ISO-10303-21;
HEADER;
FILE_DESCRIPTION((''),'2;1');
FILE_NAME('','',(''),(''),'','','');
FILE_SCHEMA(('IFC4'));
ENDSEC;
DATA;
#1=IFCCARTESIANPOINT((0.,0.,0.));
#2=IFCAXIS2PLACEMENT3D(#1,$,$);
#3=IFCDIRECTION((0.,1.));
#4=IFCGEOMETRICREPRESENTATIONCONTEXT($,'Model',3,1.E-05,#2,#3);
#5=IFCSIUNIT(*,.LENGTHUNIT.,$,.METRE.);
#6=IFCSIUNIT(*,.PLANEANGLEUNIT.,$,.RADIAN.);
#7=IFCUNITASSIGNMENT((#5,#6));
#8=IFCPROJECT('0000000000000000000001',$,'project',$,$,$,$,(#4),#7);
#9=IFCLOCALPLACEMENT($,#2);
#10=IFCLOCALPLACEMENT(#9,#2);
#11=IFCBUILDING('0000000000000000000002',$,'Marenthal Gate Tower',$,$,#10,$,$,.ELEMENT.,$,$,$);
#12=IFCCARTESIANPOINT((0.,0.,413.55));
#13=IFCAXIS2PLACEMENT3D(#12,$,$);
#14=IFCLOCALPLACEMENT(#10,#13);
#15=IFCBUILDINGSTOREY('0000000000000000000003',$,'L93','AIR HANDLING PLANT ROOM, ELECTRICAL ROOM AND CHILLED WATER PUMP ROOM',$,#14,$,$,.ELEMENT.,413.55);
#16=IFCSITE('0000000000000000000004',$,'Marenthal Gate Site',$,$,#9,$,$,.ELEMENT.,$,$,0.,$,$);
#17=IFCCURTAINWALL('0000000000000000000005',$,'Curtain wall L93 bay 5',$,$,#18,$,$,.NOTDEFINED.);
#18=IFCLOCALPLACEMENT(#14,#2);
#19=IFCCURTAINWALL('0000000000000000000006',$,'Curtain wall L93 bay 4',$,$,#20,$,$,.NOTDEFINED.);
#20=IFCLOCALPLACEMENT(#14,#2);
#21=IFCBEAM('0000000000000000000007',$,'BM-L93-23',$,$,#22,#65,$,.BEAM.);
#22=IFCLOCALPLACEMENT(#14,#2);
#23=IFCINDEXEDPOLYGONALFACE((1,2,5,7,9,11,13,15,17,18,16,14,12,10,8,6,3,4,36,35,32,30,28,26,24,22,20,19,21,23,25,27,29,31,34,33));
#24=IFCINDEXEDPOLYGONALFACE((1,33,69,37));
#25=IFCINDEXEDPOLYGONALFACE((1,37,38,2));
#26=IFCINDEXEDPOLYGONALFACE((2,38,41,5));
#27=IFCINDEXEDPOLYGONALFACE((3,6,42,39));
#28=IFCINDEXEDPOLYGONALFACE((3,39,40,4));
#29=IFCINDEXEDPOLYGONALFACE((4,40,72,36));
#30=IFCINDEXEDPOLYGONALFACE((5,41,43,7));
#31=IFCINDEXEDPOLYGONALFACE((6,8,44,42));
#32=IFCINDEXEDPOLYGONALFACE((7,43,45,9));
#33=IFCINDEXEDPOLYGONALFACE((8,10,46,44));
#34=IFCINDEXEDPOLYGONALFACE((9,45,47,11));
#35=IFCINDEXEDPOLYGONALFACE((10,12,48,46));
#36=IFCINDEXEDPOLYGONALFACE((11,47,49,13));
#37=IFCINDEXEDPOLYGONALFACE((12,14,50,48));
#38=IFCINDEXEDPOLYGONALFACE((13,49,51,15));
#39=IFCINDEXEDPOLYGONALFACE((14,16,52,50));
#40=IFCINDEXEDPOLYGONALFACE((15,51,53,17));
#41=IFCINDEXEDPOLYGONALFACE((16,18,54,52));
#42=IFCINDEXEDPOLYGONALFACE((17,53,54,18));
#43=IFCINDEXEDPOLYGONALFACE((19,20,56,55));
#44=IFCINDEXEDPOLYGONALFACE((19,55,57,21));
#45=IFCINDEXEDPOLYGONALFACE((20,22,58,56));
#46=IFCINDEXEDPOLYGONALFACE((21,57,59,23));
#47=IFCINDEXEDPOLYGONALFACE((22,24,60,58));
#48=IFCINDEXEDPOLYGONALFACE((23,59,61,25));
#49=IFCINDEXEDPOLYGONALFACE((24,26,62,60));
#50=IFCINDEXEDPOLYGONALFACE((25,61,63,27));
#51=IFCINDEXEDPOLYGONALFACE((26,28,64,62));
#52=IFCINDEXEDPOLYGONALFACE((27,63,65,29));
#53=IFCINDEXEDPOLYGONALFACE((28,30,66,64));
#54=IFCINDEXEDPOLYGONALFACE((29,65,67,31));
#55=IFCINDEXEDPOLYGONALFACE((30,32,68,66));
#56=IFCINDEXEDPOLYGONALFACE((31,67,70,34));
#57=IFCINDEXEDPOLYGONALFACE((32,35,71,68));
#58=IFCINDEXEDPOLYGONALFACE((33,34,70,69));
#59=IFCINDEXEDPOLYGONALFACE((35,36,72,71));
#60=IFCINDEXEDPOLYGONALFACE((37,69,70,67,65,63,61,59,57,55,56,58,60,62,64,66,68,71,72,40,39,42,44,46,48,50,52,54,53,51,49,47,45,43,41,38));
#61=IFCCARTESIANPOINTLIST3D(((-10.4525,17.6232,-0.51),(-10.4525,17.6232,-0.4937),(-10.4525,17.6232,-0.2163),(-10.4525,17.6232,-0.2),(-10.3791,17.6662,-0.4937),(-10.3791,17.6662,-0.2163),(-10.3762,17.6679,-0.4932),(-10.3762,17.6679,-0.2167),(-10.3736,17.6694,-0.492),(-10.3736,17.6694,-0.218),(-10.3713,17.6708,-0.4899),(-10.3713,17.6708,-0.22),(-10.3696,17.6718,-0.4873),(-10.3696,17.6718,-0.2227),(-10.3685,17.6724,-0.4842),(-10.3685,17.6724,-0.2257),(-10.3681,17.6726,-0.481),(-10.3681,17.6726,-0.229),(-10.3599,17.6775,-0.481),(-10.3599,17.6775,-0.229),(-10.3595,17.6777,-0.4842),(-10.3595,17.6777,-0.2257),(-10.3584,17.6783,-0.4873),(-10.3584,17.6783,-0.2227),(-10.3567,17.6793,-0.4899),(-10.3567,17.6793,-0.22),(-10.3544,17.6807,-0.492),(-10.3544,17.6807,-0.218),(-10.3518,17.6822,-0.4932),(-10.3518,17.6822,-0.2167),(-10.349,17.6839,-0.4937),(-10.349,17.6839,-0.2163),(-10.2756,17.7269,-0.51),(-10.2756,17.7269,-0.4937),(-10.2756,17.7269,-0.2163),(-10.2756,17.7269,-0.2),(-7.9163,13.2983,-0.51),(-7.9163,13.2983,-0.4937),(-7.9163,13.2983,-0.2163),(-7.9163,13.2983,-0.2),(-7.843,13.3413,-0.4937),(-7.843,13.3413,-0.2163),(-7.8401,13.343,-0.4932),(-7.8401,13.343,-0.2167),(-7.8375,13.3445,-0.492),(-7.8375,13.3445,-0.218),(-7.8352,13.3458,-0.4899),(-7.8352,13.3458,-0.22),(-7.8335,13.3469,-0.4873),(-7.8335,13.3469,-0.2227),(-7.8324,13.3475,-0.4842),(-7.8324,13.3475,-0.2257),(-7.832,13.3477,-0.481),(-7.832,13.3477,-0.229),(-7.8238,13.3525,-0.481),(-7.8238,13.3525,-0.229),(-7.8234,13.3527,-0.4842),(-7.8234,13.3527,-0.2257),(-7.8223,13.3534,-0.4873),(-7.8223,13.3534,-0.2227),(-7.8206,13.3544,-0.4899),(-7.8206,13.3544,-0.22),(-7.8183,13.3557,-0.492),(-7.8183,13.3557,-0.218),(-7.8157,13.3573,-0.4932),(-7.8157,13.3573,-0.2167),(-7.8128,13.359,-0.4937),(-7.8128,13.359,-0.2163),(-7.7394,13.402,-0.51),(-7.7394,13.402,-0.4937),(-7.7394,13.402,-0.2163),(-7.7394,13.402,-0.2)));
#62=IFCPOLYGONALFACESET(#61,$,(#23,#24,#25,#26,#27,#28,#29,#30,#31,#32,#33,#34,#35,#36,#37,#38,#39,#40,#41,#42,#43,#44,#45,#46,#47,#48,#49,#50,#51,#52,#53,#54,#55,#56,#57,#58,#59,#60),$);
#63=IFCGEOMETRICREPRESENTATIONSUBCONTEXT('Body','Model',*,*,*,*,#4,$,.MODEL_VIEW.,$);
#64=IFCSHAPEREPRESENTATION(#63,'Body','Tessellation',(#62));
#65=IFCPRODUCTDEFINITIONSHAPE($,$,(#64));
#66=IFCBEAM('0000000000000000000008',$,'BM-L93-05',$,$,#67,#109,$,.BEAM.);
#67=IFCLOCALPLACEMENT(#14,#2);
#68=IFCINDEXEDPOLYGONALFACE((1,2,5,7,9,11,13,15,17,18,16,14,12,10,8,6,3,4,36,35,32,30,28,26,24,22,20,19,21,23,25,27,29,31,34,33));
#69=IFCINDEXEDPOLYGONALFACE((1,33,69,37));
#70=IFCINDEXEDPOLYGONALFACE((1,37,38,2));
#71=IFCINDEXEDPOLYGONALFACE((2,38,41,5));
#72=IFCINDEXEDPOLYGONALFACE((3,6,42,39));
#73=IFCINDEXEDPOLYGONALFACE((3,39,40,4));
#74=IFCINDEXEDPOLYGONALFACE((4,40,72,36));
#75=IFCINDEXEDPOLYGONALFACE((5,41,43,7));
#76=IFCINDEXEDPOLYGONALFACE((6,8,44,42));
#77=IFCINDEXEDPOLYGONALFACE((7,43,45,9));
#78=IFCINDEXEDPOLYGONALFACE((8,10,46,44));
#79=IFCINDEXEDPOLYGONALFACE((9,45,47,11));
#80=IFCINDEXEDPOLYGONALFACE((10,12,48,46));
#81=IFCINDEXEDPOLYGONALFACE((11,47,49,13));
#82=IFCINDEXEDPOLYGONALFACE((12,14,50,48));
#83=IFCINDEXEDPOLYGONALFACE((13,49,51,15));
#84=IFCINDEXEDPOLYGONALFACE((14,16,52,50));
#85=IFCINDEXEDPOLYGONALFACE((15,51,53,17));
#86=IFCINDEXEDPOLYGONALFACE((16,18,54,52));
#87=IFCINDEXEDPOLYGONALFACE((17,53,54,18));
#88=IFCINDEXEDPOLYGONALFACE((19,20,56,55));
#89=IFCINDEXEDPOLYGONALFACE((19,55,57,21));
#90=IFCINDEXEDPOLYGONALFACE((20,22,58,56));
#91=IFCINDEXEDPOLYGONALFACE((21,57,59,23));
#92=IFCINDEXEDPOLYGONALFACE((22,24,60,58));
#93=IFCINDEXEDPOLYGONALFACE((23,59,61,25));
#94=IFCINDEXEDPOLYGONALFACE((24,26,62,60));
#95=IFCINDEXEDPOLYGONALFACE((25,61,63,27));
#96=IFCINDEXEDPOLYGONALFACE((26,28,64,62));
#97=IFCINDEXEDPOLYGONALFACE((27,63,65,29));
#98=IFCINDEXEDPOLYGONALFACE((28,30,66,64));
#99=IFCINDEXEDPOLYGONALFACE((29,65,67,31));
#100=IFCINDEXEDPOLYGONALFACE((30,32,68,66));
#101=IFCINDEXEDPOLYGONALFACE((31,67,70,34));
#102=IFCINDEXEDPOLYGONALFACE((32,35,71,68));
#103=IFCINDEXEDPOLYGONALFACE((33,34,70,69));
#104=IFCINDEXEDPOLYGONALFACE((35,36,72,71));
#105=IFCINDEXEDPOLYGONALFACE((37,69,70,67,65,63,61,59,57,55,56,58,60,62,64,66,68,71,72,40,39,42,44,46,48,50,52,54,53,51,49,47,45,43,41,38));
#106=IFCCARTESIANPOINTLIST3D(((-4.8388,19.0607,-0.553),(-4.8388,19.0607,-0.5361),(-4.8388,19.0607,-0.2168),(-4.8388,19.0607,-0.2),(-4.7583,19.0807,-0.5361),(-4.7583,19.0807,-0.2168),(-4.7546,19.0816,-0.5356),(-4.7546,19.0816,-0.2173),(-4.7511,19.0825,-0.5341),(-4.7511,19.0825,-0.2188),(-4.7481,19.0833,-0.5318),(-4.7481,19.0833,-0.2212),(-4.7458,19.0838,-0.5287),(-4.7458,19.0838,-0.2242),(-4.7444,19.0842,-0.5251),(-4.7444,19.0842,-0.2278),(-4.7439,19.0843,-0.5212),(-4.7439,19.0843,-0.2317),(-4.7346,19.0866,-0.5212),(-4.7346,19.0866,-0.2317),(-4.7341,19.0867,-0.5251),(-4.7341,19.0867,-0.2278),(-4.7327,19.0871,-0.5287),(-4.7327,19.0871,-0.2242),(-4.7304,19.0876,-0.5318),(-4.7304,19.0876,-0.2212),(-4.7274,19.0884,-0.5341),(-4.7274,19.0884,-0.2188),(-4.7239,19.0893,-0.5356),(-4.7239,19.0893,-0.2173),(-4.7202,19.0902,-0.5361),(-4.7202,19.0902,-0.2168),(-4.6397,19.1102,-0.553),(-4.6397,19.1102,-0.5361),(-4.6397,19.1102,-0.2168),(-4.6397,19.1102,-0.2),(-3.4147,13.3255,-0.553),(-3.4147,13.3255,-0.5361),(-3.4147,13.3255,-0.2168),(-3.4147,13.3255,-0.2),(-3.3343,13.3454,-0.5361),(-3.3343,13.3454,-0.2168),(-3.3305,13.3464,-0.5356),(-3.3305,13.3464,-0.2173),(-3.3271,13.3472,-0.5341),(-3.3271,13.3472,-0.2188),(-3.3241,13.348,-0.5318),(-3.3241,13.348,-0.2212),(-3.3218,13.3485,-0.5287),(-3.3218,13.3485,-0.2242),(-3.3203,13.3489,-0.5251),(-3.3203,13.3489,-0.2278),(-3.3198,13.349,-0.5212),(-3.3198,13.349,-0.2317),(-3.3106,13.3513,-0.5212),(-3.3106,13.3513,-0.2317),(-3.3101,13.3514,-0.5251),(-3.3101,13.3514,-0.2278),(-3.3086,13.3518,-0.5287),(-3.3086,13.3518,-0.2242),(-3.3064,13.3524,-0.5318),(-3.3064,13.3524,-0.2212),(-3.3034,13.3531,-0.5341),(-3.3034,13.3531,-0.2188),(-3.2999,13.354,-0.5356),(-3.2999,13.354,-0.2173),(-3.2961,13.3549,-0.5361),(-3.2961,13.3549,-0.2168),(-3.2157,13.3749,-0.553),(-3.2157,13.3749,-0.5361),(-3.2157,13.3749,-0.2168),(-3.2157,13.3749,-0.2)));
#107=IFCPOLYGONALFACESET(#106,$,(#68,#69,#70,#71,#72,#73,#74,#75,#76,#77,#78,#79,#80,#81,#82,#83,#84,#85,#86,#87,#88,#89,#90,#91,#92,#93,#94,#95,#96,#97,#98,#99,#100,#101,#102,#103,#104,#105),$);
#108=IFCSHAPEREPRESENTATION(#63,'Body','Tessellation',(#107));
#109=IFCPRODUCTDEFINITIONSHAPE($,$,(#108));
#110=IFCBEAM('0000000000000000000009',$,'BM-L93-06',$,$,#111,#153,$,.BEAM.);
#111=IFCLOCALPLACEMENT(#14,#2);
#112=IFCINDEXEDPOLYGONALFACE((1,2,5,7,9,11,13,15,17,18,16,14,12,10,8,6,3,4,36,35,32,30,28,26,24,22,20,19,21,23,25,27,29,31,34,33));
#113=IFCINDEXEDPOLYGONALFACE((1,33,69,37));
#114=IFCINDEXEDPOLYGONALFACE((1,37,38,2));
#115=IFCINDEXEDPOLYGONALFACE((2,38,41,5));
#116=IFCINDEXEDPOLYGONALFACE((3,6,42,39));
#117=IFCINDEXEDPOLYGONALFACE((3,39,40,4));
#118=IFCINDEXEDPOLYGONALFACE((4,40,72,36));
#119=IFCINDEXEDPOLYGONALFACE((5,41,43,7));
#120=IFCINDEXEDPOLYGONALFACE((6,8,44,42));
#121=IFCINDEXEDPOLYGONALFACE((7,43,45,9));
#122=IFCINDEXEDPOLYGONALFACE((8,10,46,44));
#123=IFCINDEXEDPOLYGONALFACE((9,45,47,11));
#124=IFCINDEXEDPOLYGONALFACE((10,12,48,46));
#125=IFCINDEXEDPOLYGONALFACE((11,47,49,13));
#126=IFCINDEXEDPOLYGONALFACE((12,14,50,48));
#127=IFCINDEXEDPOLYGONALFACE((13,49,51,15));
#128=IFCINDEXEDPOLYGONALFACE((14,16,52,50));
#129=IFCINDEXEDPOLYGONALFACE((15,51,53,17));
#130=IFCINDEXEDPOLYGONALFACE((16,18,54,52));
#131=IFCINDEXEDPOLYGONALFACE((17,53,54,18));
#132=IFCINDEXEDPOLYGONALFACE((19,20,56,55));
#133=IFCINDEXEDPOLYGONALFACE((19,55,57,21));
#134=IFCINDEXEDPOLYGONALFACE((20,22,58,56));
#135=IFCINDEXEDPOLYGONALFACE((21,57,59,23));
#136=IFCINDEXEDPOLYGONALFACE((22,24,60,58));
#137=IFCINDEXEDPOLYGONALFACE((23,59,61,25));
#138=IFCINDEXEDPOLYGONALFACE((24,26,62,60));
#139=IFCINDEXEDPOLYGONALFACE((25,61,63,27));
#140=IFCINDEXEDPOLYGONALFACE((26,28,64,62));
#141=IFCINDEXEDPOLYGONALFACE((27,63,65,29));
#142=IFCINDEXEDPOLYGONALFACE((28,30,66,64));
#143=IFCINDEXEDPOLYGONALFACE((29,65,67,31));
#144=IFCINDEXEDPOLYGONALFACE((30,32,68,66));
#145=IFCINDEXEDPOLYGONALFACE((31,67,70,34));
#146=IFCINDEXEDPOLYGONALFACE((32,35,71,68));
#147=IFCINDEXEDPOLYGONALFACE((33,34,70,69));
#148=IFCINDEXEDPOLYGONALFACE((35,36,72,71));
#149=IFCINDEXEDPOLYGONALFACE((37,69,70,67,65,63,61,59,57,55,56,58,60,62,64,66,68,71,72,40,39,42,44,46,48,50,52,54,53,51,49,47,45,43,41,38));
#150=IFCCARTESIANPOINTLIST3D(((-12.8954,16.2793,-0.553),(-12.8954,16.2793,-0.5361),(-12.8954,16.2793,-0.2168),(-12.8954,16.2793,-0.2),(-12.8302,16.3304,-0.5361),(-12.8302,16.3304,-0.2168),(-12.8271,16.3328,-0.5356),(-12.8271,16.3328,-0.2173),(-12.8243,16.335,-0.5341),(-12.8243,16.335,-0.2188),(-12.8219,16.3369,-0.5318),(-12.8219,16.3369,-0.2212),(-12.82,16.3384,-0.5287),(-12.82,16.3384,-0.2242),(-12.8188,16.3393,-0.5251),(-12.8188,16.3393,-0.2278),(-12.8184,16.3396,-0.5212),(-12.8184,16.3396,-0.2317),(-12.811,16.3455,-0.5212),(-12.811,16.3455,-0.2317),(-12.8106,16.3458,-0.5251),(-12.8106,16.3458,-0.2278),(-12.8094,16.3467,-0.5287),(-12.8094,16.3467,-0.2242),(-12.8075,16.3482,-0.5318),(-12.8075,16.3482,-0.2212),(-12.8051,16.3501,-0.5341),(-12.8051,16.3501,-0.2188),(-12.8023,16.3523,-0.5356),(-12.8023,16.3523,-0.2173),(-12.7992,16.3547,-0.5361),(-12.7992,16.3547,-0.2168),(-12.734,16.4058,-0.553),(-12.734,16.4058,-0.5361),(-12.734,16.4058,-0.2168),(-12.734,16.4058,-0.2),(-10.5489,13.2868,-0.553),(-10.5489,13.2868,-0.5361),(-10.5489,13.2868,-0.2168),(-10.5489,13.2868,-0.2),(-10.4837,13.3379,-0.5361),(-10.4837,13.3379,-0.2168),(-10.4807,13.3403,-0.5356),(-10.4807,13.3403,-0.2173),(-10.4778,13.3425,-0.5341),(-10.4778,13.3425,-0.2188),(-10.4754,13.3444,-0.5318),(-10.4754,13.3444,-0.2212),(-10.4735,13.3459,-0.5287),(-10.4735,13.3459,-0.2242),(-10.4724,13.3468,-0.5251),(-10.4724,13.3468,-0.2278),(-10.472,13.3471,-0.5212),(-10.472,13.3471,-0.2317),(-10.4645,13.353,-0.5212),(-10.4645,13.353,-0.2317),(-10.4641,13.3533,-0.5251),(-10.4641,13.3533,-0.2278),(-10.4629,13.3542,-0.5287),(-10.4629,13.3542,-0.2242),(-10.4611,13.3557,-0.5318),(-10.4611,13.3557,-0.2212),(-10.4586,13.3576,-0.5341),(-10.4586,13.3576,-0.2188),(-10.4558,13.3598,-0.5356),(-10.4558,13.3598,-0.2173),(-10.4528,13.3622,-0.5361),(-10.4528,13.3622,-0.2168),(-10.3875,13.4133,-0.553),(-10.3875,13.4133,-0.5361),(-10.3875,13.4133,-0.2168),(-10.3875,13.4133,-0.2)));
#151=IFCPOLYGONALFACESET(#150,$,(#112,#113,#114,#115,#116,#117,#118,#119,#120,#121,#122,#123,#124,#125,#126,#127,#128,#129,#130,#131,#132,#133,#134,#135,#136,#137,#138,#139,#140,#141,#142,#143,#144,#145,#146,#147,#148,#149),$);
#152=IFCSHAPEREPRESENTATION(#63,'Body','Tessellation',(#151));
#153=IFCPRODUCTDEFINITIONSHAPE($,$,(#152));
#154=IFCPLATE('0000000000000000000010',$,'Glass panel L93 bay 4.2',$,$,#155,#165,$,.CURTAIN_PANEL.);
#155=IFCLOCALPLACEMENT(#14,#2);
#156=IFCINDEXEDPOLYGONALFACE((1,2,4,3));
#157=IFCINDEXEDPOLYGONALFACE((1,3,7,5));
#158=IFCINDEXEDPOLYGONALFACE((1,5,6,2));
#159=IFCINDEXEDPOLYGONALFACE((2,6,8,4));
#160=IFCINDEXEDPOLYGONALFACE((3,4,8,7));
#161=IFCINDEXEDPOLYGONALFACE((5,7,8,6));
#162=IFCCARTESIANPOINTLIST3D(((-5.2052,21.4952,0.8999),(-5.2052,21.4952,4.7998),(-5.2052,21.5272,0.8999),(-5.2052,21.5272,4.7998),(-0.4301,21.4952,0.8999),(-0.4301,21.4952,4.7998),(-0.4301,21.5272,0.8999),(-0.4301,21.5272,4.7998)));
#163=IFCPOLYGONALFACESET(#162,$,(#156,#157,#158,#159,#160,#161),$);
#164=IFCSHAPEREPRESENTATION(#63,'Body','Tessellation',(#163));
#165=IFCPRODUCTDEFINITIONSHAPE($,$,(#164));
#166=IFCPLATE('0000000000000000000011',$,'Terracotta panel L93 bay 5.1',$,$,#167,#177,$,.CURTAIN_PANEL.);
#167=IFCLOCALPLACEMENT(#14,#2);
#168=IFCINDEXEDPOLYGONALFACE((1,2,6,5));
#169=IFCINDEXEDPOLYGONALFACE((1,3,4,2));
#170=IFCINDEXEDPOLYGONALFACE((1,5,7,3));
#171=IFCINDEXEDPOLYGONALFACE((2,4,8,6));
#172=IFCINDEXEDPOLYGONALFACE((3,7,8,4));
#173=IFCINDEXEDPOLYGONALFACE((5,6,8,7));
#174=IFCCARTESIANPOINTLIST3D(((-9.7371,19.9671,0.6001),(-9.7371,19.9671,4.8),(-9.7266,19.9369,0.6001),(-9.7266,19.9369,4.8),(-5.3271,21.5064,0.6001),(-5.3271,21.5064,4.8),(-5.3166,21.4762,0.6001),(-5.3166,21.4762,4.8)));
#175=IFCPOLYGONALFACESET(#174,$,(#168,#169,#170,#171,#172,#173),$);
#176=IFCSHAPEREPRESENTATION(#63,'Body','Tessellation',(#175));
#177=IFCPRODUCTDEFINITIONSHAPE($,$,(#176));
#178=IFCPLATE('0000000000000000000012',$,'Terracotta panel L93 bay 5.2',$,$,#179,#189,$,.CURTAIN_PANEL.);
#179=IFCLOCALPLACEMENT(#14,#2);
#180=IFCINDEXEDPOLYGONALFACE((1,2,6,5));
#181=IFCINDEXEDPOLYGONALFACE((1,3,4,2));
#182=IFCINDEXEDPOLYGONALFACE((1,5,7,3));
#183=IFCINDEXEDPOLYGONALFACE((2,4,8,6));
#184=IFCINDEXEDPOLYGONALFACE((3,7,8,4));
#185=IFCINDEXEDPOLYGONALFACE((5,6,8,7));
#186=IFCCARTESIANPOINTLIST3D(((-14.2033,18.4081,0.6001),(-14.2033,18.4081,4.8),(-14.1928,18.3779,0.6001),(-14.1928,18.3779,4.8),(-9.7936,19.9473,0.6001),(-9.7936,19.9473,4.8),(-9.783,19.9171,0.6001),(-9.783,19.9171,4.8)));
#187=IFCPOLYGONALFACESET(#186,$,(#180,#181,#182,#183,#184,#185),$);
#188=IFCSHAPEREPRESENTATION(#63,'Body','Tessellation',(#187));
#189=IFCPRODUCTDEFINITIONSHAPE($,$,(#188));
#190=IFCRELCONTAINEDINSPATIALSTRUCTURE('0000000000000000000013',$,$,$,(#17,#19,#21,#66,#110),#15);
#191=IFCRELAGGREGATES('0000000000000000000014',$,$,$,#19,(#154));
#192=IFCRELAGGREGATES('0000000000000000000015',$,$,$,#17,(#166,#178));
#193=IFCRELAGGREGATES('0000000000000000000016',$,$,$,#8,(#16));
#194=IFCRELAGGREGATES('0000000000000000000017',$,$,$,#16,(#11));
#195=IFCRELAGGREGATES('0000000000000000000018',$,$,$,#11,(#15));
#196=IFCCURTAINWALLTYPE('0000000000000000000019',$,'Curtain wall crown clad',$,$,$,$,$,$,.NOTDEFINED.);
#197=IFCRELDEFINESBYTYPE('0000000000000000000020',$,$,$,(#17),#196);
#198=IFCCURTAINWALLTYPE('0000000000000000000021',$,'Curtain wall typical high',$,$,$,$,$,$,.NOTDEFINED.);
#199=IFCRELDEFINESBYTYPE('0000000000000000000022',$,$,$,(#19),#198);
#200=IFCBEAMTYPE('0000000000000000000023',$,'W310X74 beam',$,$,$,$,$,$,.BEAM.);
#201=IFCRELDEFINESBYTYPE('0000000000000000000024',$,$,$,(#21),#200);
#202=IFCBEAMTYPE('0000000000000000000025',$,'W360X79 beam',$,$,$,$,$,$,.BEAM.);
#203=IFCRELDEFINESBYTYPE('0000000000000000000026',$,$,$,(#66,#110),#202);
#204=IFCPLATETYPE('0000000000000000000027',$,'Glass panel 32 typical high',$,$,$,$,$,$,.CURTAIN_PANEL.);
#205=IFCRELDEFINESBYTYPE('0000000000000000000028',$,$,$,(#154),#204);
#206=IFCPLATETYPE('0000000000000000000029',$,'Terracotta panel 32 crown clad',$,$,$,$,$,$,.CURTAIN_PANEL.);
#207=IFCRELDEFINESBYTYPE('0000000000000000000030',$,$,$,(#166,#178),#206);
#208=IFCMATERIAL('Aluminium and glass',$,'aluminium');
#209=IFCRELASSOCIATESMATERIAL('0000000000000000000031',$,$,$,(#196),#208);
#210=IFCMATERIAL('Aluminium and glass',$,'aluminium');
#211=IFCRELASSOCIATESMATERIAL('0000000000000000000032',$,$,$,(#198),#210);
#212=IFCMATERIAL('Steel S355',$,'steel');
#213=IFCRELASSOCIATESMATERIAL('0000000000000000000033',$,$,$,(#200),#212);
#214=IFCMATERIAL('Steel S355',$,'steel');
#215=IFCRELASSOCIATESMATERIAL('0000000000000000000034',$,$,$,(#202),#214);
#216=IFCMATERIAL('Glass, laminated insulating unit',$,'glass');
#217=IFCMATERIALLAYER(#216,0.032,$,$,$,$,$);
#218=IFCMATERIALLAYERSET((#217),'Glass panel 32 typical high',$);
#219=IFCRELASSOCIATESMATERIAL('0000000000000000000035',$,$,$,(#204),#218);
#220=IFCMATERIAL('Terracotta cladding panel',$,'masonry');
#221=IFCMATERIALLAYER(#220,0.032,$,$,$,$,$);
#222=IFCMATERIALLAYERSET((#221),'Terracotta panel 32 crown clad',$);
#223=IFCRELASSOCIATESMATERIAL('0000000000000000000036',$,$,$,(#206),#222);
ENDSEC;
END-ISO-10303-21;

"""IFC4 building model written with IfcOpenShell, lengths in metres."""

from ifc_helpers import new_model, si_unit, direction, frame, origin, origin_2d, place, context, subcontext, project, spatial, rectangle, i_section, extrude, material, layer, layer_set, material_profile, profile_set, type_object, element, aggregate, save


model = new_model("IFC4")

# Units and contexts
model_context = context("Model", 3, precision=1e-05, world=origin(), true_north=direction((0.0, 1.0)))
body_context = subcontext(model_context, "Body", "Model", "MODEL_VIEW")
ifc_project = project(units=[si_unit("LENGTHUNIT", "METRE"), si_unit("PLANEANGLEUNIT", "RADIAN")], contexts=[model_context])

# Site, building, storey
site_placement = place(None, origin())
site = spatial("IfcSite", under=ifc_project, at=site_placement, Name="Marenthal Gate Site", CompositionType="ELEMENT", RefElevation=0.0)
building_placement = place(site_placement, origin())
building = spatial("IfcBuilding", under=site, at=building_placement, Name="Marenthal Gate Tower", CompositionType="ELEMENT")
storey_placement = place(building_placement, frame((0.0, 0.0, 413.55)))
storey = spatial("IfcBuildingStorey", under=building, at=storey_placement, Name="L93", Description="AIR HANDLING PLANT ROOM, ELECTRICAL ROOM AND CHILLED WATER PUMP ROOM", CompositionType="ELEMENT", Elevation=413.55)

# Curtain wall
ifc_material_1 = material(Name="Aluminium and glass", Category="aluminium")
curtain_wall_type_1 = type_object("IfcCurtainWallType", Name="Curtain wall crown clad", PredefinedType="NOTDEFINED", material=ifc_material_1)
curtain_wall_1_placement = place(storey_placement, origin())
curtain_wall_1 = element("IfcCurtainWall", 1, at=curtain_wall_1_placement, inside=storey, type_object=curtain_wall_type_1, Name="Curtain wall L93 bay 5", PredefinedType="NOTDEFINED")

# Curtain wall
ifc_material_2 = material(Name="Aluminium and glass", Category="aluminium")
curtain_wall_type_2 = type_object("IfcCurtainWallType", Name="Curtain wall typical high", PredefinedType="NOTDEFINED", material=ifc_material_2)
curtain_wall_2_placement = place(storey_placement, origin())
curtain_wall_2 = element("IfcCurtainWall", 2, at=curtain_wall_2_placement, inside=storey, type_object=curtain_wall_type_2, Name="Curtain wall L93 bay 4", PredefinedType="NOTDEFINED")

# Beams
ifc_material_3 = material(Name="Steel S355", Category="steel")
ifc_material_profile_1 = material_profile(ifc_material_3, i_section(OverallWidth=0.2051, OverallDepth=0.3101, WebThickness=0.0095, FlangeThickness=0.0164, FilletRadius=0.0127, at=origin_2d()), Name="W310X74")
ifc_profile_set_1 = profile_set([ifc_material_profile_1], Name="Steel S355")
beam_type_1 = type_object("IfcBeamType", Name="W310X74 beam", PredefinedType="BEAM", material=ifc_profile_set_1)
beam_1_placement = place(storey_placement, frame((-10.364, 17.675, -0.355), z_axis=(0.505841, -0.862627, 0.0), x_axis=(0.862627, 0.505841, 0.0)))
element("IfcBeam", 3, at=beam_1_placement, inside=storey, type_object=beam_type_1, Name="BM-L93-23", PredefinedType="BEAM", context=body_context, shape_type="SweptSolid", body=[
    extrude(i_section(OverallWidth=0.2051, OverallDepth=0.3101, WebThickness=0.0095, FlangeThickness=0.0164, FilletRadius=0.0127, at=origin_2d()), origin(), (0.0, 0.0, 1.0), 5.0137),
])
ifc_material_4 = material(Name="Steel S355", Category="steel")
ifc_material_profile_2 = material_profile(ifc_material_4, i_section(OverallWidth=0.2051, OverallDepth=0.353, WebThickness=0.0095, FlangeThickness=0.0168, FilletRadius=0.0149, at=origin_2d()), Name="W360X79")
ifc_profile_set_2 = profile_set([ifc_material_profile_2], Name="Steel S355")
beam_type_2 = type_object("IfcBeamType", Name="W360X79 beam", PredefinedType="BEAM", material=ifc_profile_set_2)
beam_2_placement = place(storey_placement, frame((-4.7393, 19.0854, -0.3765), z_axis=(0.24098, -0.97053, 0.0), x_axis=(0.97053, 0.24098, 0.0)))
element("IfcBeam", 4, at=beam_2_placement, inside=storey, type_object=beam_type_2, Name="BM-L93-05", PredefinedType="BEAM", context=body_context, shape_type="SweptSolid", body=[
    extrude(i_section(OverallWidth=0.2051, OverallDepth=0.353, WebThickness=0.0095, FlangeThickness=0.0168, FilletRadius=0.0149, at=origin_2d()), origin(), (0.0, 0.0, 1.0), 5.9094),
])
beam_3_placement = place(storey_placement, frame((-12.8147, 16.3425, -0.3765), z_axis=(0.617047, -0.786926, 0.0), x_axis=(0.786926, 0.617047, 0.0)))
element("IfcBeam", 5, at=beam_3_placement, inside=storey, type_object=beam_type_2, Name="BM-L93-06", PredefinedType="BEAM", context=body_context, shape_type="SweptSolid", body=[
    extrude(i_section(OverallWidth=0.2051, OverallDepth=0.353, WebThickness=0.0095, FlangeThickness=0.0168, FilletRadius=0.0149, at=origin_2d()), origin(), (0.0, 0.0, 1.0), 3.8027),
])

# Plates
ifc_material_5 = material(Name="Glass, laminated insulating unit", Category="glass")
ifc_layer_1 = layer(ifc_material_5, 0.032)
ifc_layer_set_1 = layer_set([ifc_layer_1], Name="Glass panel 32 typical high")
plate_type_1 = type_object("IfcPlateType", Name="Glass panel 32 typical high", PredefinedType="CURTAIN_PANEL", material=ifc_layer_set_1)
plate_1_placement = place(storey_placement, frame((-2.8176, 21.5112, 0.8999), z_axis=(0.0, 0.0, 1.0), x_axis=(-1.0, 0.0, 0.0)))
plate_1 = element("IfcPlate", 6, at=plate_1_placement, type_object=plate_type_1, Name="Glass panel L93 bay 4.2", PredefinedType="CURTAIN_PANEL", context=body_context, shape_type="SweptSolid", body=[
    extrude(rectangle(XDim=4.7751, YDim=0.032, at=origin_2d()), origin(), (0.0, 0.0, 1.0), 3.8999),
])
aggregate(curtain_wall_2, [plate_1])
ifc_material_6 = material(Name="Terracotta cladding panel", Category="masonry")
ifc_layer_2 = layer(ifc_material_6, 0.032)
ifc_layer_set_2 = layer_set([ifc_layer_2], Name="Terracotta panel 32 crown clad")
plate_type_2 = type_object("IfcPlateType", Name="Terracotta panel 32 crown clad", PredefinedType="CURTAIN_PANEL", material=ifc_layer_set_2)
plate_2_placement = place(storey_placement, frame((-7.5269, 20.7217, 0.6001), z_axis=(0.0, 0.0, 1.0), x_axis=(-0.944135, -0.329559, 0.0)))
plate_2 = element("IfcPlate", 7, at=plate_2_placement, type_object=plate_type_2, Name="Terracotta panel L93 bay 5.1", PredefinedType="CURTAIN_PANEL", context=body_context, shape_type="SweptSolid", body=[
    extrude(rectangle(XDim=4.6709, YDim=0.032, at=origin_2d()), origin(), (0.0, 0.0, 1.0), 4.2),
])
plate_3_placement = place(storey_placement, frame((-11.9932, 19.1626, 0.6001), z_axis=(0.0, 0.0, 1.0), x_axis=(-0.944135, -0.329559, 0.0)))
plate_3 = element("IfcPlate", 8, at=plate_3_placement, type_object=plate_type_2, Name="Terracotta panel L93 bay 5.2", PredefinedType="CURTAIN_PANEL", context=body_context, shape_type="SweptSolid", body=[
    extrude(rectangle(XDim=4.6707, YDim=0.032, at=origin_2d()), origin(), (0.0, 0.0, 1.0), 4.2),
])
aggregate(curtain_wall_1, [plate_2, plate_3])

save(model, "model.ifc")
